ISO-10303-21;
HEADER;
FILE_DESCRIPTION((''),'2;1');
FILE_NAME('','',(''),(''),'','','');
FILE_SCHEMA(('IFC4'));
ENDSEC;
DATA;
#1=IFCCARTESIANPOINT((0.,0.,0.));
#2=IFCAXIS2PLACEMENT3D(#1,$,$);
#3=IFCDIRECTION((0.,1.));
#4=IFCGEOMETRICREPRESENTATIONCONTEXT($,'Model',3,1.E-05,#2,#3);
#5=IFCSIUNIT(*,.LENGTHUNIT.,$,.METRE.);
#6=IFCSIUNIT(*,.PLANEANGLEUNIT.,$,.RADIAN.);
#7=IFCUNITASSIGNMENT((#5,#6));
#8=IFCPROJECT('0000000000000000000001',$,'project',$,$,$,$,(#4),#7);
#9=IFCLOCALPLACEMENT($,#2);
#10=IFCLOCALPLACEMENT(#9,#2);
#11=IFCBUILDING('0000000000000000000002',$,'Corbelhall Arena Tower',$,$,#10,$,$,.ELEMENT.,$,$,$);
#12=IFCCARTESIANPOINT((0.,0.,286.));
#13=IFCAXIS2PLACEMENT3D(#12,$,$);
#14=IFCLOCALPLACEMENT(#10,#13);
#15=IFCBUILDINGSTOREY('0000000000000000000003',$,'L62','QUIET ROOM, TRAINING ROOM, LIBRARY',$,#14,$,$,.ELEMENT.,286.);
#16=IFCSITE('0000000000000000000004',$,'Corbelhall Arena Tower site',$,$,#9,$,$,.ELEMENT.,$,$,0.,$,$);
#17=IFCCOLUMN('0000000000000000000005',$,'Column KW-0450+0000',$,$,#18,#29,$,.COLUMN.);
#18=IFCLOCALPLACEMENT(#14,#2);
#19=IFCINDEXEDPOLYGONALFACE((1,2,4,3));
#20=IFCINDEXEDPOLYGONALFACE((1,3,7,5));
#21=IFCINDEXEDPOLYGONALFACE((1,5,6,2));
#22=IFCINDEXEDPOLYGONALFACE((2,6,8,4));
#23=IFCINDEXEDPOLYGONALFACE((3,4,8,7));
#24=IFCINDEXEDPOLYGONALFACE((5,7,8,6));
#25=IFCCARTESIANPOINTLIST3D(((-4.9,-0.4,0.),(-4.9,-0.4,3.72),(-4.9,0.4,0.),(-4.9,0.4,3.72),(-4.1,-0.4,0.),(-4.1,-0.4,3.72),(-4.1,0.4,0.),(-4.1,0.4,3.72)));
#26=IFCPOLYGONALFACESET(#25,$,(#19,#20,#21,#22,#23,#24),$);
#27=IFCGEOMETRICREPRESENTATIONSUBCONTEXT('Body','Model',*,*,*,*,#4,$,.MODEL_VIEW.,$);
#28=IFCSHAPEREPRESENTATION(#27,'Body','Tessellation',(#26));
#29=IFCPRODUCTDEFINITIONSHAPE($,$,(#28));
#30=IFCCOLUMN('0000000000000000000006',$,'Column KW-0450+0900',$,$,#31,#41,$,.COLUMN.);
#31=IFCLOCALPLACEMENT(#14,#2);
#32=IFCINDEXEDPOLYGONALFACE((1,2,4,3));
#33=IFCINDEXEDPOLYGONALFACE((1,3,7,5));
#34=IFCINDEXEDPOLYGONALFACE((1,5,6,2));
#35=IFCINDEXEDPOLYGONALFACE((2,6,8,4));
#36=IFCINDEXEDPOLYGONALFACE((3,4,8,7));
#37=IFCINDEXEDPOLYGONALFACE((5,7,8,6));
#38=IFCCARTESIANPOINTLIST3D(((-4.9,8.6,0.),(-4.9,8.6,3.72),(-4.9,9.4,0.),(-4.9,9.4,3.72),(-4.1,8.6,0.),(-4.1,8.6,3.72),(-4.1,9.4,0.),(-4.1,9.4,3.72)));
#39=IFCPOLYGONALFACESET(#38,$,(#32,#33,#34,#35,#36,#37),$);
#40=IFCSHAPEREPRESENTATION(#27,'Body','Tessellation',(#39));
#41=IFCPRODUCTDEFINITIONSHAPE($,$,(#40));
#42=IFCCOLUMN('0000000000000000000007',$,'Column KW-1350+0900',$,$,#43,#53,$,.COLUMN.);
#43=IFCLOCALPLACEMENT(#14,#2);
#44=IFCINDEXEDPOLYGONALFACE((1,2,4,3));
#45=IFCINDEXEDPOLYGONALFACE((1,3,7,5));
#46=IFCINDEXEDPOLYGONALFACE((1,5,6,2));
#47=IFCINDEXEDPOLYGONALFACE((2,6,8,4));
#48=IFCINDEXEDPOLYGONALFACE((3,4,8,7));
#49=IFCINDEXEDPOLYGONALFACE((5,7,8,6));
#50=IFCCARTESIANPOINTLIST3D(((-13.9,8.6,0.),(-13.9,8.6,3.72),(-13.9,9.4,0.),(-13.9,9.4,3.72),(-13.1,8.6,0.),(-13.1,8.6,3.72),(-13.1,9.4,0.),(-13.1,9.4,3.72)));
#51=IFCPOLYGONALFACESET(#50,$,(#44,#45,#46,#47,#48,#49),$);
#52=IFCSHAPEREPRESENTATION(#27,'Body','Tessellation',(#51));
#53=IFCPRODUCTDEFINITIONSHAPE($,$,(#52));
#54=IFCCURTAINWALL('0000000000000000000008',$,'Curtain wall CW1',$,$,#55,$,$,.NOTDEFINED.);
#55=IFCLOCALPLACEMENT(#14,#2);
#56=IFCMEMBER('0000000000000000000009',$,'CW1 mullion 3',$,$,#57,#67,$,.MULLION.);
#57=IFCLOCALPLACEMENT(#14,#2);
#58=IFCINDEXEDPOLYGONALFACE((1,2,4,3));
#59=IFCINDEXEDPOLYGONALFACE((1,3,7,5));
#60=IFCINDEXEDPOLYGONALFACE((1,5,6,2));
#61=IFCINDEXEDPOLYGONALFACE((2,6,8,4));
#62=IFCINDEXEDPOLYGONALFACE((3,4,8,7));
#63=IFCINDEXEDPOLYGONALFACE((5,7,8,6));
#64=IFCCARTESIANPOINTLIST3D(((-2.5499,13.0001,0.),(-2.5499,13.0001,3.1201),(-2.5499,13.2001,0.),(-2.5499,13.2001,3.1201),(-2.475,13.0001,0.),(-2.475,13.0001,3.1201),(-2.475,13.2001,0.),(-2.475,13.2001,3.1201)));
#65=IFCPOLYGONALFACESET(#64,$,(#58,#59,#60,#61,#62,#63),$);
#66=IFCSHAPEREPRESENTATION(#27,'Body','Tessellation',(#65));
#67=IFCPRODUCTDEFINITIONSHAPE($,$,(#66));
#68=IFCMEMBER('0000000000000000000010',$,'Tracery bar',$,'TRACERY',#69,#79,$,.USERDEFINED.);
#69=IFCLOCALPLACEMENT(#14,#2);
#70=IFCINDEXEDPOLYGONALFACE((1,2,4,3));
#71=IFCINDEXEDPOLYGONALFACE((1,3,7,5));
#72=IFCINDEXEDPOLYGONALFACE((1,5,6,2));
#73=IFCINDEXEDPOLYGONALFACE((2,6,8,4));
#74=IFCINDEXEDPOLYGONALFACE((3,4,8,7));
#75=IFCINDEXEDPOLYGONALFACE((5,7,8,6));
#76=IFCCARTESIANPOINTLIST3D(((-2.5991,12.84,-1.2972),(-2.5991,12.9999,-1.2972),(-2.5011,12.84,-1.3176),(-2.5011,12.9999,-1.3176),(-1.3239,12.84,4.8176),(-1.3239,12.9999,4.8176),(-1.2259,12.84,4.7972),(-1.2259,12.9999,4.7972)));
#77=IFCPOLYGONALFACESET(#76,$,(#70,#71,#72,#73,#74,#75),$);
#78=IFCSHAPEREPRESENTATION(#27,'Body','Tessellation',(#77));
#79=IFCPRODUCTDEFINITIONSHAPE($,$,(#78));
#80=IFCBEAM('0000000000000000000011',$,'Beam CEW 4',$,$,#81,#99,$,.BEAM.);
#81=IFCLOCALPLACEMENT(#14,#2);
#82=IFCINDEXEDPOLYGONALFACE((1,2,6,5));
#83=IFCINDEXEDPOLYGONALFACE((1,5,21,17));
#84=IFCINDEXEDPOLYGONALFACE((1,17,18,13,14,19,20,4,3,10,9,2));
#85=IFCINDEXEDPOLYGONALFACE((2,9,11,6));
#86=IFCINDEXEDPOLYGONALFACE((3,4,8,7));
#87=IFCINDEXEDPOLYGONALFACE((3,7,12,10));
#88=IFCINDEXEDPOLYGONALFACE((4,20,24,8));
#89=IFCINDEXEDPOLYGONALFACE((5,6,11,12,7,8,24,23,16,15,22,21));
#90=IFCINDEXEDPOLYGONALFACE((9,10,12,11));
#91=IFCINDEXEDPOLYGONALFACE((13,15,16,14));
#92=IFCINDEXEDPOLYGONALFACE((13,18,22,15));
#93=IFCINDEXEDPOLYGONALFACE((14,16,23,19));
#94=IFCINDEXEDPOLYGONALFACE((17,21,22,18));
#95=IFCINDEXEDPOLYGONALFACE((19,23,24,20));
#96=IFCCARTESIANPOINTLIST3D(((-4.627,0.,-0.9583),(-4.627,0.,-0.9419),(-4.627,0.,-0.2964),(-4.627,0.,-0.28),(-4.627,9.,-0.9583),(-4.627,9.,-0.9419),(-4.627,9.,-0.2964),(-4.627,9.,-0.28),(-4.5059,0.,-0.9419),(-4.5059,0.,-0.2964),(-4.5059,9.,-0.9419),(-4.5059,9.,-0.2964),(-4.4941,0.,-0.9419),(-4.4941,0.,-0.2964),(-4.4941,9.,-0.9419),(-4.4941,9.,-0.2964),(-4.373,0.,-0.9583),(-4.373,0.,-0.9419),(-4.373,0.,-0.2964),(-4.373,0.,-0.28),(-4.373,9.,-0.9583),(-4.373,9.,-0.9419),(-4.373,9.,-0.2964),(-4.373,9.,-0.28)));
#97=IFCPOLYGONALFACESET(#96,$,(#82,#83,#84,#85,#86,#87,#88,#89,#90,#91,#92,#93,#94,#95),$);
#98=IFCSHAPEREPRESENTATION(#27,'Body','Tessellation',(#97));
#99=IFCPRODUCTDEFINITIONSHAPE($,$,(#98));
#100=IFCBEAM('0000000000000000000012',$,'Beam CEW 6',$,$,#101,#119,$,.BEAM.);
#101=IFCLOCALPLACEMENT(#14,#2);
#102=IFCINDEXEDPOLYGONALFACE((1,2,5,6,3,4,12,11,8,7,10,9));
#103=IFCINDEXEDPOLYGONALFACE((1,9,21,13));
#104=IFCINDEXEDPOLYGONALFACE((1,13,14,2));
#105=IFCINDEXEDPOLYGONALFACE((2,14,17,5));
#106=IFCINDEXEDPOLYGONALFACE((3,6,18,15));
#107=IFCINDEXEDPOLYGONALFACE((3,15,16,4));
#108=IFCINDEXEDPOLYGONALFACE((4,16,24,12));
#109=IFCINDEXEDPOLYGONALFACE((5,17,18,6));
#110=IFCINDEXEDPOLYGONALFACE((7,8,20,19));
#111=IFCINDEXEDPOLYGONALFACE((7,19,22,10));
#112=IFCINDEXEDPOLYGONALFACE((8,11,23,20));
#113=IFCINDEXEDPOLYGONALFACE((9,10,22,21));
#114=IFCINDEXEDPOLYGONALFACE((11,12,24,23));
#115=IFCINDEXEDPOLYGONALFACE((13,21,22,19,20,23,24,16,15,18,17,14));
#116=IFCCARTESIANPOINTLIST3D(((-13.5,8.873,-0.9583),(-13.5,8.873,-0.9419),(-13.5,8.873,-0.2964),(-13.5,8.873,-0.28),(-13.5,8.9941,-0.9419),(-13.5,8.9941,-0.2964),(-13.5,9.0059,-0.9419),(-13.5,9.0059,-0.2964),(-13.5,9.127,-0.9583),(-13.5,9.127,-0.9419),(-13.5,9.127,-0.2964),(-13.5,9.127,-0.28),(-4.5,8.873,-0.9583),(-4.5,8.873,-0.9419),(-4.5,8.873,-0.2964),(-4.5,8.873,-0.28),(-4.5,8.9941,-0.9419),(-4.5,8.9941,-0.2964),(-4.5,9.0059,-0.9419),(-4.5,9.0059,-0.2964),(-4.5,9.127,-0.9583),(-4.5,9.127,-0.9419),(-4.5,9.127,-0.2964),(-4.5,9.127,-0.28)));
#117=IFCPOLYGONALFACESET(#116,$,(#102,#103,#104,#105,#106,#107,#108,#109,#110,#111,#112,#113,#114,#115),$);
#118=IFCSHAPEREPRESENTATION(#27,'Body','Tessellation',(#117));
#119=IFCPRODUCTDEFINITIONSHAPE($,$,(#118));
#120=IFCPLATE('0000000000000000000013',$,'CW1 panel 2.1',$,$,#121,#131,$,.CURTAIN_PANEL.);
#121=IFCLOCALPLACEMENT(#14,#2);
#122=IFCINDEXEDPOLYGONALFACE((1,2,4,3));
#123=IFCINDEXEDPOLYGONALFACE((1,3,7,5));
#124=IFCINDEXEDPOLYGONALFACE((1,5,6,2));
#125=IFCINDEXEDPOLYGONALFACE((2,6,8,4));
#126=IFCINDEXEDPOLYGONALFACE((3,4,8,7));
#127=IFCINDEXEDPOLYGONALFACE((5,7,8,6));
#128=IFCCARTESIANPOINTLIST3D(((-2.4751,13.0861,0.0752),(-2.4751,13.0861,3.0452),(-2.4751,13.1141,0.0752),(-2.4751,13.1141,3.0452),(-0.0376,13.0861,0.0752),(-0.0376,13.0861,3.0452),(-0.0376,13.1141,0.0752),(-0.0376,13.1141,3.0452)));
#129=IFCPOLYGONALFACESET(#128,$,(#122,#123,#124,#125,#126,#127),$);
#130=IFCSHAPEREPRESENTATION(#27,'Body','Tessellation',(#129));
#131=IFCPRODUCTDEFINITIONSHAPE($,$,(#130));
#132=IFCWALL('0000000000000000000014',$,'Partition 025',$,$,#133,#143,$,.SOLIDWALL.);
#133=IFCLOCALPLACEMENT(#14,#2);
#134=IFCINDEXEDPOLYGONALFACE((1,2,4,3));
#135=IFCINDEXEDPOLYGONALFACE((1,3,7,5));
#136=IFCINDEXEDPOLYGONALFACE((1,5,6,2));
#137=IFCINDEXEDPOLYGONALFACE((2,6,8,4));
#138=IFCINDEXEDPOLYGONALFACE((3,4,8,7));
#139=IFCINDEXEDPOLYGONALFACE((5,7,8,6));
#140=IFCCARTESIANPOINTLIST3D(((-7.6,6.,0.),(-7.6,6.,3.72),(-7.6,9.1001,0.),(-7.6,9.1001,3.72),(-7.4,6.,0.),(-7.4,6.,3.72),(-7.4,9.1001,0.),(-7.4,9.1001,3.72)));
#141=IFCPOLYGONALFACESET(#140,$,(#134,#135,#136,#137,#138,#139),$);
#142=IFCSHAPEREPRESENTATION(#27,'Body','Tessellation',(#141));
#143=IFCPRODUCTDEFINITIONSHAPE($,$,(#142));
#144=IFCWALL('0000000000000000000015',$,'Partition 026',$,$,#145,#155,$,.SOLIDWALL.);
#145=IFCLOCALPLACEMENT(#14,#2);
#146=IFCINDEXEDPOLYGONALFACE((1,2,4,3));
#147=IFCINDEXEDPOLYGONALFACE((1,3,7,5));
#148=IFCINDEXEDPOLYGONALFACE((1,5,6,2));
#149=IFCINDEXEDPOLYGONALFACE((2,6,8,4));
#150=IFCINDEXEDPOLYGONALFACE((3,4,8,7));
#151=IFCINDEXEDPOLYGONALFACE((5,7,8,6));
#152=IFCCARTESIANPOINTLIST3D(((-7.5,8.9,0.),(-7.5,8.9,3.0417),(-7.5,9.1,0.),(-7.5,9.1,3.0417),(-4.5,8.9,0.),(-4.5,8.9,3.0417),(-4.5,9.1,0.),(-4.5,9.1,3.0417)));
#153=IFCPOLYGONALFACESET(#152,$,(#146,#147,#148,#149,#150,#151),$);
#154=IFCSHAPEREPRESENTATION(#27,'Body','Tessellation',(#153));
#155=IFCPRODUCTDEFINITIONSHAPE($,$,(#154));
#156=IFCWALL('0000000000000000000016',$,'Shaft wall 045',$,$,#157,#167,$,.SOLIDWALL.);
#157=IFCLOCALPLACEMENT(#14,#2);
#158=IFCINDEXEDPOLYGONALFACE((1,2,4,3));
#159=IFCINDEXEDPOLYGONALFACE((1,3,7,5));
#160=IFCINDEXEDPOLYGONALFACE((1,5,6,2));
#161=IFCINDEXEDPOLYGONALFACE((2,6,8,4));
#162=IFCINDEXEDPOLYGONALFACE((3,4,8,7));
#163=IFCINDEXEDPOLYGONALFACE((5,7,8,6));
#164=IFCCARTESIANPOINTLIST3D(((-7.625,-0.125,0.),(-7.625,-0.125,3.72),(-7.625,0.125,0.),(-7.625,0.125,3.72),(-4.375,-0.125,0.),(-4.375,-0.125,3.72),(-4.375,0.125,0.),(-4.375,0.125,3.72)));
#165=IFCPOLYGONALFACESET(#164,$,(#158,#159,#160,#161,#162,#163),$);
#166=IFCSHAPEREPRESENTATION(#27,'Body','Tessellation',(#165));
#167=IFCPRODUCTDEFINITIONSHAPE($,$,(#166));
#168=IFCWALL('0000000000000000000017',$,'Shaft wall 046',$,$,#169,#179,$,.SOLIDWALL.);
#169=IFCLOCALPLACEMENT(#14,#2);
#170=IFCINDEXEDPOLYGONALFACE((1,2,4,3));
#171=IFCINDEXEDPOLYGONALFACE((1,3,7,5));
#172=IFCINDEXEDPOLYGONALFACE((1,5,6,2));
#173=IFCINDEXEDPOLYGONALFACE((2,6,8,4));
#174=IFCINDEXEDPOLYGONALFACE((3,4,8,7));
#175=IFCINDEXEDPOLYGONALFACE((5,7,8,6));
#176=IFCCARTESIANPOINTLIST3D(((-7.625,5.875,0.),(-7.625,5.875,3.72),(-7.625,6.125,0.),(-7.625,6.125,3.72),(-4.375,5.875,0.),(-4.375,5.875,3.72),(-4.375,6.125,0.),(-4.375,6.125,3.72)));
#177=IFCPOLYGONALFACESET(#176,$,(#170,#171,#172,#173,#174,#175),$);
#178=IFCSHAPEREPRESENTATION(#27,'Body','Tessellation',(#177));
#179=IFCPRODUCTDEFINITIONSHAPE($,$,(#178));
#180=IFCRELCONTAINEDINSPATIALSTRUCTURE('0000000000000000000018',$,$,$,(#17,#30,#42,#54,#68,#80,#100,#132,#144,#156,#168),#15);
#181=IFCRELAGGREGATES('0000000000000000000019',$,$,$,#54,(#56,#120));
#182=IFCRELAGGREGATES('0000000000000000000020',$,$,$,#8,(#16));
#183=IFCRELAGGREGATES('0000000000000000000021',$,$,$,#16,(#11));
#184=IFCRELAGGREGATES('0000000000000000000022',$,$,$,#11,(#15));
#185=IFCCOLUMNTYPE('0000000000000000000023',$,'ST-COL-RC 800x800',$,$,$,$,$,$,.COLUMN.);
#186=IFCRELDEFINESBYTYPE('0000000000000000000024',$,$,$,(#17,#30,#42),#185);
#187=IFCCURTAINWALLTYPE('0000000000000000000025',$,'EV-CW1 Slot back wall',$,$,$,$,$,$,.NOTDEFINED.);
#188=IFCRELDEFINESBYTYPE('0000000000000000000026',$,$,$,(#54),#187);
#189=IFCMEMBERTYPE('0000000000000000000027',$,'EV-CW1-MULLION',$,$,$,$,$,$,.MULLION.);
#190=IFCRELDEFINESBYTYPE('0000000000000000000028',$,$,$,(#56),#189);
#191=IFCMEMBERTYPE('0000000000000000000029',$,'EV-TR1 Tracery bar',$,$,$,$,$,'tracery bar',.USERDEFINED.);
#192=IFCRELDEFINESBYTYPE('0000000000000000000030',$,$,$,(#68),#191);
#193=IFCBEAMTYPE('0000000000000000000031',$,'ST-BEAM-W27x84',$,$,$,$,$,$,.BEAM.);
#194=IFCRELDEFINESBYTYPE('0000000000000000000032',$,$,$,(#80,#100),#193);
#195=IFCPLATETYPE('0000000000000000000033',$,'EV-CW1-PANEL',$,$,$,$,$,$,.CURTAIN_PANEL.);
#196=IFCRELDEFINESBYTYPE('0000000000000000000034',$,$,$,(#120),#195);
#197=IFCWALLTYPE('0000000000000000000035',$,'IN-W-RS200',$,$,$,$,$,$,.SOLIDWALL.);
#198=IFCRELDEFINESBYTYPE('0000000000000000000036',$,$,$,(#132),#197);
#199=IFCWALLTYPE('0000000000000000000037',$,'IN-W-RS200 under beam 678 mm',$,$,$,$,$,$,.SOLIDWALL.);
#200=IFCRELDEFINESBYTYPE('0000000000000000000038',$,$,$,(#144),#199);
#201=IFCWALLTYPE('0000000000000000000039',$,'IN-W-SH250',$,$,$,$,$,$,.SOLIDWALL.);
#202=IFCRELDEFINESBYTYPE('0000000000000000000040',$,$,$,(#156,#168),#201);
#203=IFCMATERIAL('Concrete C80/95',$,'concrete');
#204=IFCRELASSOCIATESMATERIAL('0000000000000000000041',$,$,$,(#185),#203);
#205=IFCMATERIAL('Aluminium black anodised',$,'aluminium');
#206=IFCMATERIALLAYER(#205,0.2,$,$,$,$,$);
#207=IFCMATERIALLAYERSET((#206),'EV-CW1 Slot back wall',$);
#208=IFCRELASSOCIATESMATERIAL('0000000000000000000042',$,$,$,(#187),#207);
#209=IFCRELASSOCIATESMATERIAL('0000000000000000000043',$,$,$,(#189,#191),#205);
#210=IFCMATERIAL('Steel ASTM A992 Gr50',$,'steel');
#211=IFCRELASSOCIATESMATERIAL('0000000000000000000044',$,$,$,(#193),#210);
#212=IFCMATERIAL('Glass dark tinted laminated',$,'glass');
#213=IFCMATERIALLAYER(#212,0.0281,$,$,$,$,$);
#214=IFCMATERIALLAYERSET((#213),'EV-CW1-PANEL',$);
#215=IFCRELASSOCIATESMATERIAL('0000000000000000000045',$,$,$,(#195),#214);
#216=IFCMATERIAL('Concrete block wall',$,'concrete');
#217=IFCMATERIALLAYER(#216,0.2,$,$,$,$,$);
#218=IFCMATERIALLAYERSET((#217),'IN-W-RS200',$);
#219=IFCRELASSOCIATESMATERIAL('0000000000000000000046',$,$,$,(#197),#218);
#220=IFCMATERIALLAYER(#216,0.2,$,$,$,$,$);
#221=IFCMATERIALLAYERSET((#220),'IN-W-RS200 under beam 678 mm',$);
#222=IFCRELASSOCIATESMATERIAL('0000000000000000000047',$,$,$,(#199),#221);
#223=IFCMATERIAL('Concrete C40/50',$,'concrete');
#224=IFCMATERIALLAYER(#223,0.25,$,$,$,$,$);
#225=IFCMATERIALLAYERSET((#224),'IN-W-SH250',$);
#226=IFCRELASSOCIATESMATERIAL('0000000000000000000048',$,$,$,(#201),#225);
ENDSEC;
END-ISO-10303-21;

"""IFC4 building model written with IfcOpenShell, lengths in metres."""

from ifc_helpers import new_model, si_unit, direction, frame, frame_2d, origin, origin_2d, place, context, subcontext, project, spatial, rectangle, i_section, extrude, material, layer, layer_set, material_profile, profile_set, type_object, element, aggregate, save


model = new_model("IFC4")

# Units and contexts
model_context = context("Model", 3, precision=1e-05, world=origin(), true_north=direction((0.0, 1.0)))
body_context = subcontext(model_context, "Body", "Model", "MODEL_VIEW")
ifc_project = project(units=[si_unit("LENGTHUNIT", "METRE"), si_unit("PLANEANGLEUNIT", "RADIAN")], contexts=[model_context])

# Site, building, storey
site_placement = place(None, origin())
site = spatial("IfcSite", under=ifc_project, at=site_placement, Name="Corbelhall Arena Tower site", CompositionType="ELEMENT", RefElevation=0.0)
building_placement = place(site_placement, origin())
building = spatial("IfcBuilding", under=site, at=building_placement, Name="Corbelhall Arena Tower", CompositionType="ELEMENT")
storey_placement = place(building_placement, frame((0.0, 0.0, 286.0)))
storey = spatial("IfcBuildingStorey", under=building, at=storey_placement, Name="L62", Description="QUIET ROOM, TRAINING ROOM, LIBRARY", CompositionType="ELEMENT", Elevation=286.0)

# Columns
ifc_material_1 = material(Name="Concrete C80/95", Category="concrete")
ifc_material_profile_1 = material_profile(ifc_material_1, rectangle(XDim=0.8, YDim=0.8, at=origin_2d()))
ifc_profile_set_1 = profile_set([ifc_material_profile_1], Name="Concrete C80/95")
column_type = type_object("IfcColumnType", Name="ST-COL-RC 800x800", PredefinedType="COLUMN", material=ifc_profile_set_1)
for number, where, z_axis, x_axis, name in (
    (1, (-4.5, 0.0, 0.0), (0.0, 0.0, 1.0), (1.0, 0.0, 0.0), "Column KW-0450+0000"),
    (2, (-4.5, 9.0, 0.0), (0.0, 0.0, 1.0), (1.0, 0.0, 0.0), "Column KW-0450+0900"),
    (3, (-13.5, 9.0, 0.0), (0.0, 0.0, 1.0), (1.0, 0.0, 0.0), "Column KW-1350+0900"),
):
    element("IfcColumn", number, at=place(storey_placement, frame(where, z_axis=z_axis, x_axis=x_axis)), inside=storey, type_object=column_type, Name=name, PredefinedType="COLUMN", context=body_context, shape_type="SweptSolid", body=[
        extrude(rectangle(XDim=0.8, YDim=0.8, at=origin_2d()), origin(), (0.0, 0.0, 1.0), 3.72),
    ])

# Curtain wall, member
ifc_material_2 = material(Name="Aluminium black anodised", Category="aluminium")
ifc_layer_1 = layer(ifc_material_2, 0.2)
ifc_layer_set_1 = layer_set([ifc_layer_1], Name="EV-CW1 Slot back wall")
curtain_wall_type = type_object("IfcCurtainWallType", Name="EV-CW1 Slot back wall", PredefinedType="NOTDEFINED", material=ifc_layer_set_1)
curtain_wall_placement = place(storey_placement, origin())
curtain_wall = element("IfcCurtainWall", 4, at=curtain_wall_placement, inside=storey, type_object=curtain_wall_type, Name="Curtain wall CW1", PredefinedType="NOTDEFINED")
ifc_material_profile_2 = material_profile(ifc_material_2, rectangle(XDim=0.2, YDim=0.075, at=origin_2d()))
ifc_profile_set_2 = profile_set([ifc_material_profile_2], Name="Aluminium black anodised")
member_type_1 = type_object("IfcMemberType", Name="EV-CW1-MULLION", PredefinedType="MULLION", material=ifc_profile_set_2)
member_1_placement = place(storey_placement, frame((-2.5125, 13.1001, 0.0), z_axis=(0.0, 0.0, 1.0), x_axis=(0.0, -1.0, 0.0)))
member_1 = element("IfcMember", 5, at=member_1_placement, type_object=member_type_1, Name="CW1 mullion 3", PredefinedType="MULLION", context=body_context, shape_type="SweptSolid", body=[
    extrude(rectangle(XDim=0.2, YDim=0.075, at=origin_2d()), origin(), (0.0, 0.0, 1.0), 3.1201),
])

# Member
ifc_material_profile_3 = material_profile(ifc_material_2, rectangle(XDim=0.1599, YDim=0.1001, at=origin_2d()))
ifc_profile_set_3 = profile_set([ifc_material_profile_3], Name="Aluminium black anodised")
member_type_2 = type_object("IfcMemberType", Name="EV-TR1 Tracery bar", ElementType="tracery bar", PredefinedType="USERDEFINED", material=ifc_profile_set_3)
member_2_placement = place(storey_placement, frame((-1.2749, 12.9199, 4.8074), z_axis=(-0.204145, 0.0, -0.978941), x_axis=(0.0, -1.0, 0.0)))
element("IfcMember", 6, at=member_2_placement, inside=storey, type_object=member_type_2, Name="Tracery bar", ObjectType="TRACERY", PredefinedType="USERDEFINED", context=body_context, shape_type="SweptSolid", body=[
    extrude(rectangle(XDim=0.1599, YDim=0.1001, at=origin_2d()), origin(), (0.0, 0.0, 1.0), 6.2463),
])

# Beams
ifc_material_3 = material(Name="Steel ASTM A992 Gr50", Category="steel")
ifc_material_profile_4 = material_profile(ifc_material_3, i_section(OverallWidth=0.2539, OverallDepth=0.6782, WebThickness=0.0117, FlangeThickness=0.0164, at=origin_2d()))
ifc_profile_set_4 = profile_set([ifc_material_profile_4], Name="Steel ASTM A992 Gr50")
beam_type = type_object("IfcBeamType", Name="ST-BEAM-W27x84", PredefinedType="BEAM", material=ifc_profile_set_4)
for number, where, z_axis, x_axis, name in (
    (7, (-4.5, 0.0, -0.6191), (0.0, 1.0, 0.0), (-1.0, 0.0, 0.0), "Beam CEW 4"),
    (8, (-13.5, 9.0, -0.6191), (1.0, 0.0, 0.0), (0.0, 1.0, 0.0), "Beam CEW 6"),
):
    element("IfcBeam", number, at=place(storey_placement, frame(where, z_axis=z_axis, x_axis=x_axis)), inside=storey, type_object=beam_type, Name=name, PredefinedType="BEAM", context=body_context, shape_type="SweptSolid", body=[
        extrude(i_section(OverallWidth=0.2539, OverallDepth=0.6782, WebThickness=0.0117, FlangeThickness=0.0164, at=origin_2d()), origin(), (0.0, 0.0, 1.0), 9.0),
    ])

# Plate
ifc_material_4 = material(Name="Glass dark tinted laminated", Category="glass")
ifc_layer_2 = layer(ifc_material_4, 0.0281)
ifc_layer_set_2 = layer_set([ifc_layer_2], Name="EV-CW1-PANEL")
plate_type = type_object("IfcPlateType", Name="EV-CW1-PANEL", PredefinedType="CURTAIN_PANEL", material=ifc_layer_set_2)
plate_placement = place(storey_placement, frame((-1.2563, 13.1001, 0.0752), z_axis=(0.0, 0.0, 1.0), x_axis=(-1.0, 0.0, 0.0)))
plate = element("IfcPlate", 9, at=plate_placement, type_object=plate_type, Name="CW1 panel 2.1", PredefinedType="CURTAIN_PANEL", context=body_context, shape_type="SweptSolid", body=[
    extrude(rectangle(XDim=2.4375, YDim=0.0281, at=origin_2d()), origin(), (0.0, 0.0, 1.0), 2.97),
])
aggregate(curtain_wall, [member_1, plate])

# Walls
ifc_material_5 = material(Name="Concrete block wall", Category="concrete")
ifc_layer_3 = layer(ifc_material_5, 0.2)
ifc_layer_set_3 = layer_set([ifc_layer_3], Name="IN-W-RS200")
wall_type_1 = type_object("IfcWallType", Name="IN-W-RS200", PredefinedType="SOLIDWALL", material=ifc_layer_set_3)
wall_1_placement = place(storey_placement, frame((-7.5, 6.0, 0.0), z_axis=(0.0, 0.0, 1.0), x_axis=(0.0, 1.0, 0.0)))
element("IfcWall", 10, at=wall_1_placement, inside=storey, type_object=wall_type_1, Name="Partition 025", PredefinedType="SOLIDWALL", context=body_context, shape_type="SweptSolid", body=[
    extrude(rectangle(XDim=3.1001, YDim=0.2, at=frame_2d((1.55, 0.0))), origin(), (0.0, 0.0, 1.0), 3.72),
])
ifc_layer_4 = layer(ifc_material_5, 0.2)
ifc_layer_set_4 = layer_set([ifc_layer_4], Name="IN-W-RS200 under beam 678 mm")
wall_type_2 = type_object("IfcWallType", Name="IN-W-RS200 under beam 678 mm", PredefinedType="SOLIDWALL", material=ifc_layer_set_4)
wall_2_placement = place(storey_placement, frame((-7.5, 9.0, 0.0), z_axis=(0.0, 0.0, 1.0), x_axis=(1.0, 0.0, 0.0)))
element("IfcWall", 11, at=wall_2_placement, inside=storey, type_object=wall_type_2, Name="Partition 026", PredefinedType="SOLIDWALL", context=body_context, shape_type="SweptSolid", body=[
    extrude(rectangle(XDim=3.0, YDim=0.2, at=frame_2d((1.5, 0.0))), origin(), (0.0, 0.0, 1.0), 3.0417),
])

# Walls
ifc_material_6 = material(Name="Concrete C40/50", Category="concrete")
ifc_layer_5 = layer(ifc_material_6, 0.25)
ifc_layer_set_5 = layer_set([ifc_layer_5], Name="IN-W-SH250")
wall_type_3 = type_object("IfcWallType", Name="IN-W-SH250", PredefinedType="SOLIDWALL", material=ifc_layer_set_5)
for number, where, z_axis, x_axis, name in (
    (12, (-7.625, 0.0, 0.0), (0.0, 0.0, 1.0), (1.0, 0.0, 0.0), "Shaft wall 045"),
    (13, (-7.625, 6.0, 0.0), (0.0, 0.0, 1.0), (1.0, 0.0, 0.0), "Shaft wall 046"),
):
    element("IfcWall", number, at=place(storey_placement, frame(where, z_axis=z_axis, x_axis=x_axis)), inside=storey, type_object=wall_type_3, Name=name, PredefinedType="SOLIDWALL", context=body_context, shape_type="SweptSolid", body=[
        extrude(rectangle(XDim=3.25, YDim=0.25, at=frame_2d((1.625, 0.0))), origin(), (0.0, 0.0, 1.0), 3.72),
    ])

save(model, "model.ifc")
